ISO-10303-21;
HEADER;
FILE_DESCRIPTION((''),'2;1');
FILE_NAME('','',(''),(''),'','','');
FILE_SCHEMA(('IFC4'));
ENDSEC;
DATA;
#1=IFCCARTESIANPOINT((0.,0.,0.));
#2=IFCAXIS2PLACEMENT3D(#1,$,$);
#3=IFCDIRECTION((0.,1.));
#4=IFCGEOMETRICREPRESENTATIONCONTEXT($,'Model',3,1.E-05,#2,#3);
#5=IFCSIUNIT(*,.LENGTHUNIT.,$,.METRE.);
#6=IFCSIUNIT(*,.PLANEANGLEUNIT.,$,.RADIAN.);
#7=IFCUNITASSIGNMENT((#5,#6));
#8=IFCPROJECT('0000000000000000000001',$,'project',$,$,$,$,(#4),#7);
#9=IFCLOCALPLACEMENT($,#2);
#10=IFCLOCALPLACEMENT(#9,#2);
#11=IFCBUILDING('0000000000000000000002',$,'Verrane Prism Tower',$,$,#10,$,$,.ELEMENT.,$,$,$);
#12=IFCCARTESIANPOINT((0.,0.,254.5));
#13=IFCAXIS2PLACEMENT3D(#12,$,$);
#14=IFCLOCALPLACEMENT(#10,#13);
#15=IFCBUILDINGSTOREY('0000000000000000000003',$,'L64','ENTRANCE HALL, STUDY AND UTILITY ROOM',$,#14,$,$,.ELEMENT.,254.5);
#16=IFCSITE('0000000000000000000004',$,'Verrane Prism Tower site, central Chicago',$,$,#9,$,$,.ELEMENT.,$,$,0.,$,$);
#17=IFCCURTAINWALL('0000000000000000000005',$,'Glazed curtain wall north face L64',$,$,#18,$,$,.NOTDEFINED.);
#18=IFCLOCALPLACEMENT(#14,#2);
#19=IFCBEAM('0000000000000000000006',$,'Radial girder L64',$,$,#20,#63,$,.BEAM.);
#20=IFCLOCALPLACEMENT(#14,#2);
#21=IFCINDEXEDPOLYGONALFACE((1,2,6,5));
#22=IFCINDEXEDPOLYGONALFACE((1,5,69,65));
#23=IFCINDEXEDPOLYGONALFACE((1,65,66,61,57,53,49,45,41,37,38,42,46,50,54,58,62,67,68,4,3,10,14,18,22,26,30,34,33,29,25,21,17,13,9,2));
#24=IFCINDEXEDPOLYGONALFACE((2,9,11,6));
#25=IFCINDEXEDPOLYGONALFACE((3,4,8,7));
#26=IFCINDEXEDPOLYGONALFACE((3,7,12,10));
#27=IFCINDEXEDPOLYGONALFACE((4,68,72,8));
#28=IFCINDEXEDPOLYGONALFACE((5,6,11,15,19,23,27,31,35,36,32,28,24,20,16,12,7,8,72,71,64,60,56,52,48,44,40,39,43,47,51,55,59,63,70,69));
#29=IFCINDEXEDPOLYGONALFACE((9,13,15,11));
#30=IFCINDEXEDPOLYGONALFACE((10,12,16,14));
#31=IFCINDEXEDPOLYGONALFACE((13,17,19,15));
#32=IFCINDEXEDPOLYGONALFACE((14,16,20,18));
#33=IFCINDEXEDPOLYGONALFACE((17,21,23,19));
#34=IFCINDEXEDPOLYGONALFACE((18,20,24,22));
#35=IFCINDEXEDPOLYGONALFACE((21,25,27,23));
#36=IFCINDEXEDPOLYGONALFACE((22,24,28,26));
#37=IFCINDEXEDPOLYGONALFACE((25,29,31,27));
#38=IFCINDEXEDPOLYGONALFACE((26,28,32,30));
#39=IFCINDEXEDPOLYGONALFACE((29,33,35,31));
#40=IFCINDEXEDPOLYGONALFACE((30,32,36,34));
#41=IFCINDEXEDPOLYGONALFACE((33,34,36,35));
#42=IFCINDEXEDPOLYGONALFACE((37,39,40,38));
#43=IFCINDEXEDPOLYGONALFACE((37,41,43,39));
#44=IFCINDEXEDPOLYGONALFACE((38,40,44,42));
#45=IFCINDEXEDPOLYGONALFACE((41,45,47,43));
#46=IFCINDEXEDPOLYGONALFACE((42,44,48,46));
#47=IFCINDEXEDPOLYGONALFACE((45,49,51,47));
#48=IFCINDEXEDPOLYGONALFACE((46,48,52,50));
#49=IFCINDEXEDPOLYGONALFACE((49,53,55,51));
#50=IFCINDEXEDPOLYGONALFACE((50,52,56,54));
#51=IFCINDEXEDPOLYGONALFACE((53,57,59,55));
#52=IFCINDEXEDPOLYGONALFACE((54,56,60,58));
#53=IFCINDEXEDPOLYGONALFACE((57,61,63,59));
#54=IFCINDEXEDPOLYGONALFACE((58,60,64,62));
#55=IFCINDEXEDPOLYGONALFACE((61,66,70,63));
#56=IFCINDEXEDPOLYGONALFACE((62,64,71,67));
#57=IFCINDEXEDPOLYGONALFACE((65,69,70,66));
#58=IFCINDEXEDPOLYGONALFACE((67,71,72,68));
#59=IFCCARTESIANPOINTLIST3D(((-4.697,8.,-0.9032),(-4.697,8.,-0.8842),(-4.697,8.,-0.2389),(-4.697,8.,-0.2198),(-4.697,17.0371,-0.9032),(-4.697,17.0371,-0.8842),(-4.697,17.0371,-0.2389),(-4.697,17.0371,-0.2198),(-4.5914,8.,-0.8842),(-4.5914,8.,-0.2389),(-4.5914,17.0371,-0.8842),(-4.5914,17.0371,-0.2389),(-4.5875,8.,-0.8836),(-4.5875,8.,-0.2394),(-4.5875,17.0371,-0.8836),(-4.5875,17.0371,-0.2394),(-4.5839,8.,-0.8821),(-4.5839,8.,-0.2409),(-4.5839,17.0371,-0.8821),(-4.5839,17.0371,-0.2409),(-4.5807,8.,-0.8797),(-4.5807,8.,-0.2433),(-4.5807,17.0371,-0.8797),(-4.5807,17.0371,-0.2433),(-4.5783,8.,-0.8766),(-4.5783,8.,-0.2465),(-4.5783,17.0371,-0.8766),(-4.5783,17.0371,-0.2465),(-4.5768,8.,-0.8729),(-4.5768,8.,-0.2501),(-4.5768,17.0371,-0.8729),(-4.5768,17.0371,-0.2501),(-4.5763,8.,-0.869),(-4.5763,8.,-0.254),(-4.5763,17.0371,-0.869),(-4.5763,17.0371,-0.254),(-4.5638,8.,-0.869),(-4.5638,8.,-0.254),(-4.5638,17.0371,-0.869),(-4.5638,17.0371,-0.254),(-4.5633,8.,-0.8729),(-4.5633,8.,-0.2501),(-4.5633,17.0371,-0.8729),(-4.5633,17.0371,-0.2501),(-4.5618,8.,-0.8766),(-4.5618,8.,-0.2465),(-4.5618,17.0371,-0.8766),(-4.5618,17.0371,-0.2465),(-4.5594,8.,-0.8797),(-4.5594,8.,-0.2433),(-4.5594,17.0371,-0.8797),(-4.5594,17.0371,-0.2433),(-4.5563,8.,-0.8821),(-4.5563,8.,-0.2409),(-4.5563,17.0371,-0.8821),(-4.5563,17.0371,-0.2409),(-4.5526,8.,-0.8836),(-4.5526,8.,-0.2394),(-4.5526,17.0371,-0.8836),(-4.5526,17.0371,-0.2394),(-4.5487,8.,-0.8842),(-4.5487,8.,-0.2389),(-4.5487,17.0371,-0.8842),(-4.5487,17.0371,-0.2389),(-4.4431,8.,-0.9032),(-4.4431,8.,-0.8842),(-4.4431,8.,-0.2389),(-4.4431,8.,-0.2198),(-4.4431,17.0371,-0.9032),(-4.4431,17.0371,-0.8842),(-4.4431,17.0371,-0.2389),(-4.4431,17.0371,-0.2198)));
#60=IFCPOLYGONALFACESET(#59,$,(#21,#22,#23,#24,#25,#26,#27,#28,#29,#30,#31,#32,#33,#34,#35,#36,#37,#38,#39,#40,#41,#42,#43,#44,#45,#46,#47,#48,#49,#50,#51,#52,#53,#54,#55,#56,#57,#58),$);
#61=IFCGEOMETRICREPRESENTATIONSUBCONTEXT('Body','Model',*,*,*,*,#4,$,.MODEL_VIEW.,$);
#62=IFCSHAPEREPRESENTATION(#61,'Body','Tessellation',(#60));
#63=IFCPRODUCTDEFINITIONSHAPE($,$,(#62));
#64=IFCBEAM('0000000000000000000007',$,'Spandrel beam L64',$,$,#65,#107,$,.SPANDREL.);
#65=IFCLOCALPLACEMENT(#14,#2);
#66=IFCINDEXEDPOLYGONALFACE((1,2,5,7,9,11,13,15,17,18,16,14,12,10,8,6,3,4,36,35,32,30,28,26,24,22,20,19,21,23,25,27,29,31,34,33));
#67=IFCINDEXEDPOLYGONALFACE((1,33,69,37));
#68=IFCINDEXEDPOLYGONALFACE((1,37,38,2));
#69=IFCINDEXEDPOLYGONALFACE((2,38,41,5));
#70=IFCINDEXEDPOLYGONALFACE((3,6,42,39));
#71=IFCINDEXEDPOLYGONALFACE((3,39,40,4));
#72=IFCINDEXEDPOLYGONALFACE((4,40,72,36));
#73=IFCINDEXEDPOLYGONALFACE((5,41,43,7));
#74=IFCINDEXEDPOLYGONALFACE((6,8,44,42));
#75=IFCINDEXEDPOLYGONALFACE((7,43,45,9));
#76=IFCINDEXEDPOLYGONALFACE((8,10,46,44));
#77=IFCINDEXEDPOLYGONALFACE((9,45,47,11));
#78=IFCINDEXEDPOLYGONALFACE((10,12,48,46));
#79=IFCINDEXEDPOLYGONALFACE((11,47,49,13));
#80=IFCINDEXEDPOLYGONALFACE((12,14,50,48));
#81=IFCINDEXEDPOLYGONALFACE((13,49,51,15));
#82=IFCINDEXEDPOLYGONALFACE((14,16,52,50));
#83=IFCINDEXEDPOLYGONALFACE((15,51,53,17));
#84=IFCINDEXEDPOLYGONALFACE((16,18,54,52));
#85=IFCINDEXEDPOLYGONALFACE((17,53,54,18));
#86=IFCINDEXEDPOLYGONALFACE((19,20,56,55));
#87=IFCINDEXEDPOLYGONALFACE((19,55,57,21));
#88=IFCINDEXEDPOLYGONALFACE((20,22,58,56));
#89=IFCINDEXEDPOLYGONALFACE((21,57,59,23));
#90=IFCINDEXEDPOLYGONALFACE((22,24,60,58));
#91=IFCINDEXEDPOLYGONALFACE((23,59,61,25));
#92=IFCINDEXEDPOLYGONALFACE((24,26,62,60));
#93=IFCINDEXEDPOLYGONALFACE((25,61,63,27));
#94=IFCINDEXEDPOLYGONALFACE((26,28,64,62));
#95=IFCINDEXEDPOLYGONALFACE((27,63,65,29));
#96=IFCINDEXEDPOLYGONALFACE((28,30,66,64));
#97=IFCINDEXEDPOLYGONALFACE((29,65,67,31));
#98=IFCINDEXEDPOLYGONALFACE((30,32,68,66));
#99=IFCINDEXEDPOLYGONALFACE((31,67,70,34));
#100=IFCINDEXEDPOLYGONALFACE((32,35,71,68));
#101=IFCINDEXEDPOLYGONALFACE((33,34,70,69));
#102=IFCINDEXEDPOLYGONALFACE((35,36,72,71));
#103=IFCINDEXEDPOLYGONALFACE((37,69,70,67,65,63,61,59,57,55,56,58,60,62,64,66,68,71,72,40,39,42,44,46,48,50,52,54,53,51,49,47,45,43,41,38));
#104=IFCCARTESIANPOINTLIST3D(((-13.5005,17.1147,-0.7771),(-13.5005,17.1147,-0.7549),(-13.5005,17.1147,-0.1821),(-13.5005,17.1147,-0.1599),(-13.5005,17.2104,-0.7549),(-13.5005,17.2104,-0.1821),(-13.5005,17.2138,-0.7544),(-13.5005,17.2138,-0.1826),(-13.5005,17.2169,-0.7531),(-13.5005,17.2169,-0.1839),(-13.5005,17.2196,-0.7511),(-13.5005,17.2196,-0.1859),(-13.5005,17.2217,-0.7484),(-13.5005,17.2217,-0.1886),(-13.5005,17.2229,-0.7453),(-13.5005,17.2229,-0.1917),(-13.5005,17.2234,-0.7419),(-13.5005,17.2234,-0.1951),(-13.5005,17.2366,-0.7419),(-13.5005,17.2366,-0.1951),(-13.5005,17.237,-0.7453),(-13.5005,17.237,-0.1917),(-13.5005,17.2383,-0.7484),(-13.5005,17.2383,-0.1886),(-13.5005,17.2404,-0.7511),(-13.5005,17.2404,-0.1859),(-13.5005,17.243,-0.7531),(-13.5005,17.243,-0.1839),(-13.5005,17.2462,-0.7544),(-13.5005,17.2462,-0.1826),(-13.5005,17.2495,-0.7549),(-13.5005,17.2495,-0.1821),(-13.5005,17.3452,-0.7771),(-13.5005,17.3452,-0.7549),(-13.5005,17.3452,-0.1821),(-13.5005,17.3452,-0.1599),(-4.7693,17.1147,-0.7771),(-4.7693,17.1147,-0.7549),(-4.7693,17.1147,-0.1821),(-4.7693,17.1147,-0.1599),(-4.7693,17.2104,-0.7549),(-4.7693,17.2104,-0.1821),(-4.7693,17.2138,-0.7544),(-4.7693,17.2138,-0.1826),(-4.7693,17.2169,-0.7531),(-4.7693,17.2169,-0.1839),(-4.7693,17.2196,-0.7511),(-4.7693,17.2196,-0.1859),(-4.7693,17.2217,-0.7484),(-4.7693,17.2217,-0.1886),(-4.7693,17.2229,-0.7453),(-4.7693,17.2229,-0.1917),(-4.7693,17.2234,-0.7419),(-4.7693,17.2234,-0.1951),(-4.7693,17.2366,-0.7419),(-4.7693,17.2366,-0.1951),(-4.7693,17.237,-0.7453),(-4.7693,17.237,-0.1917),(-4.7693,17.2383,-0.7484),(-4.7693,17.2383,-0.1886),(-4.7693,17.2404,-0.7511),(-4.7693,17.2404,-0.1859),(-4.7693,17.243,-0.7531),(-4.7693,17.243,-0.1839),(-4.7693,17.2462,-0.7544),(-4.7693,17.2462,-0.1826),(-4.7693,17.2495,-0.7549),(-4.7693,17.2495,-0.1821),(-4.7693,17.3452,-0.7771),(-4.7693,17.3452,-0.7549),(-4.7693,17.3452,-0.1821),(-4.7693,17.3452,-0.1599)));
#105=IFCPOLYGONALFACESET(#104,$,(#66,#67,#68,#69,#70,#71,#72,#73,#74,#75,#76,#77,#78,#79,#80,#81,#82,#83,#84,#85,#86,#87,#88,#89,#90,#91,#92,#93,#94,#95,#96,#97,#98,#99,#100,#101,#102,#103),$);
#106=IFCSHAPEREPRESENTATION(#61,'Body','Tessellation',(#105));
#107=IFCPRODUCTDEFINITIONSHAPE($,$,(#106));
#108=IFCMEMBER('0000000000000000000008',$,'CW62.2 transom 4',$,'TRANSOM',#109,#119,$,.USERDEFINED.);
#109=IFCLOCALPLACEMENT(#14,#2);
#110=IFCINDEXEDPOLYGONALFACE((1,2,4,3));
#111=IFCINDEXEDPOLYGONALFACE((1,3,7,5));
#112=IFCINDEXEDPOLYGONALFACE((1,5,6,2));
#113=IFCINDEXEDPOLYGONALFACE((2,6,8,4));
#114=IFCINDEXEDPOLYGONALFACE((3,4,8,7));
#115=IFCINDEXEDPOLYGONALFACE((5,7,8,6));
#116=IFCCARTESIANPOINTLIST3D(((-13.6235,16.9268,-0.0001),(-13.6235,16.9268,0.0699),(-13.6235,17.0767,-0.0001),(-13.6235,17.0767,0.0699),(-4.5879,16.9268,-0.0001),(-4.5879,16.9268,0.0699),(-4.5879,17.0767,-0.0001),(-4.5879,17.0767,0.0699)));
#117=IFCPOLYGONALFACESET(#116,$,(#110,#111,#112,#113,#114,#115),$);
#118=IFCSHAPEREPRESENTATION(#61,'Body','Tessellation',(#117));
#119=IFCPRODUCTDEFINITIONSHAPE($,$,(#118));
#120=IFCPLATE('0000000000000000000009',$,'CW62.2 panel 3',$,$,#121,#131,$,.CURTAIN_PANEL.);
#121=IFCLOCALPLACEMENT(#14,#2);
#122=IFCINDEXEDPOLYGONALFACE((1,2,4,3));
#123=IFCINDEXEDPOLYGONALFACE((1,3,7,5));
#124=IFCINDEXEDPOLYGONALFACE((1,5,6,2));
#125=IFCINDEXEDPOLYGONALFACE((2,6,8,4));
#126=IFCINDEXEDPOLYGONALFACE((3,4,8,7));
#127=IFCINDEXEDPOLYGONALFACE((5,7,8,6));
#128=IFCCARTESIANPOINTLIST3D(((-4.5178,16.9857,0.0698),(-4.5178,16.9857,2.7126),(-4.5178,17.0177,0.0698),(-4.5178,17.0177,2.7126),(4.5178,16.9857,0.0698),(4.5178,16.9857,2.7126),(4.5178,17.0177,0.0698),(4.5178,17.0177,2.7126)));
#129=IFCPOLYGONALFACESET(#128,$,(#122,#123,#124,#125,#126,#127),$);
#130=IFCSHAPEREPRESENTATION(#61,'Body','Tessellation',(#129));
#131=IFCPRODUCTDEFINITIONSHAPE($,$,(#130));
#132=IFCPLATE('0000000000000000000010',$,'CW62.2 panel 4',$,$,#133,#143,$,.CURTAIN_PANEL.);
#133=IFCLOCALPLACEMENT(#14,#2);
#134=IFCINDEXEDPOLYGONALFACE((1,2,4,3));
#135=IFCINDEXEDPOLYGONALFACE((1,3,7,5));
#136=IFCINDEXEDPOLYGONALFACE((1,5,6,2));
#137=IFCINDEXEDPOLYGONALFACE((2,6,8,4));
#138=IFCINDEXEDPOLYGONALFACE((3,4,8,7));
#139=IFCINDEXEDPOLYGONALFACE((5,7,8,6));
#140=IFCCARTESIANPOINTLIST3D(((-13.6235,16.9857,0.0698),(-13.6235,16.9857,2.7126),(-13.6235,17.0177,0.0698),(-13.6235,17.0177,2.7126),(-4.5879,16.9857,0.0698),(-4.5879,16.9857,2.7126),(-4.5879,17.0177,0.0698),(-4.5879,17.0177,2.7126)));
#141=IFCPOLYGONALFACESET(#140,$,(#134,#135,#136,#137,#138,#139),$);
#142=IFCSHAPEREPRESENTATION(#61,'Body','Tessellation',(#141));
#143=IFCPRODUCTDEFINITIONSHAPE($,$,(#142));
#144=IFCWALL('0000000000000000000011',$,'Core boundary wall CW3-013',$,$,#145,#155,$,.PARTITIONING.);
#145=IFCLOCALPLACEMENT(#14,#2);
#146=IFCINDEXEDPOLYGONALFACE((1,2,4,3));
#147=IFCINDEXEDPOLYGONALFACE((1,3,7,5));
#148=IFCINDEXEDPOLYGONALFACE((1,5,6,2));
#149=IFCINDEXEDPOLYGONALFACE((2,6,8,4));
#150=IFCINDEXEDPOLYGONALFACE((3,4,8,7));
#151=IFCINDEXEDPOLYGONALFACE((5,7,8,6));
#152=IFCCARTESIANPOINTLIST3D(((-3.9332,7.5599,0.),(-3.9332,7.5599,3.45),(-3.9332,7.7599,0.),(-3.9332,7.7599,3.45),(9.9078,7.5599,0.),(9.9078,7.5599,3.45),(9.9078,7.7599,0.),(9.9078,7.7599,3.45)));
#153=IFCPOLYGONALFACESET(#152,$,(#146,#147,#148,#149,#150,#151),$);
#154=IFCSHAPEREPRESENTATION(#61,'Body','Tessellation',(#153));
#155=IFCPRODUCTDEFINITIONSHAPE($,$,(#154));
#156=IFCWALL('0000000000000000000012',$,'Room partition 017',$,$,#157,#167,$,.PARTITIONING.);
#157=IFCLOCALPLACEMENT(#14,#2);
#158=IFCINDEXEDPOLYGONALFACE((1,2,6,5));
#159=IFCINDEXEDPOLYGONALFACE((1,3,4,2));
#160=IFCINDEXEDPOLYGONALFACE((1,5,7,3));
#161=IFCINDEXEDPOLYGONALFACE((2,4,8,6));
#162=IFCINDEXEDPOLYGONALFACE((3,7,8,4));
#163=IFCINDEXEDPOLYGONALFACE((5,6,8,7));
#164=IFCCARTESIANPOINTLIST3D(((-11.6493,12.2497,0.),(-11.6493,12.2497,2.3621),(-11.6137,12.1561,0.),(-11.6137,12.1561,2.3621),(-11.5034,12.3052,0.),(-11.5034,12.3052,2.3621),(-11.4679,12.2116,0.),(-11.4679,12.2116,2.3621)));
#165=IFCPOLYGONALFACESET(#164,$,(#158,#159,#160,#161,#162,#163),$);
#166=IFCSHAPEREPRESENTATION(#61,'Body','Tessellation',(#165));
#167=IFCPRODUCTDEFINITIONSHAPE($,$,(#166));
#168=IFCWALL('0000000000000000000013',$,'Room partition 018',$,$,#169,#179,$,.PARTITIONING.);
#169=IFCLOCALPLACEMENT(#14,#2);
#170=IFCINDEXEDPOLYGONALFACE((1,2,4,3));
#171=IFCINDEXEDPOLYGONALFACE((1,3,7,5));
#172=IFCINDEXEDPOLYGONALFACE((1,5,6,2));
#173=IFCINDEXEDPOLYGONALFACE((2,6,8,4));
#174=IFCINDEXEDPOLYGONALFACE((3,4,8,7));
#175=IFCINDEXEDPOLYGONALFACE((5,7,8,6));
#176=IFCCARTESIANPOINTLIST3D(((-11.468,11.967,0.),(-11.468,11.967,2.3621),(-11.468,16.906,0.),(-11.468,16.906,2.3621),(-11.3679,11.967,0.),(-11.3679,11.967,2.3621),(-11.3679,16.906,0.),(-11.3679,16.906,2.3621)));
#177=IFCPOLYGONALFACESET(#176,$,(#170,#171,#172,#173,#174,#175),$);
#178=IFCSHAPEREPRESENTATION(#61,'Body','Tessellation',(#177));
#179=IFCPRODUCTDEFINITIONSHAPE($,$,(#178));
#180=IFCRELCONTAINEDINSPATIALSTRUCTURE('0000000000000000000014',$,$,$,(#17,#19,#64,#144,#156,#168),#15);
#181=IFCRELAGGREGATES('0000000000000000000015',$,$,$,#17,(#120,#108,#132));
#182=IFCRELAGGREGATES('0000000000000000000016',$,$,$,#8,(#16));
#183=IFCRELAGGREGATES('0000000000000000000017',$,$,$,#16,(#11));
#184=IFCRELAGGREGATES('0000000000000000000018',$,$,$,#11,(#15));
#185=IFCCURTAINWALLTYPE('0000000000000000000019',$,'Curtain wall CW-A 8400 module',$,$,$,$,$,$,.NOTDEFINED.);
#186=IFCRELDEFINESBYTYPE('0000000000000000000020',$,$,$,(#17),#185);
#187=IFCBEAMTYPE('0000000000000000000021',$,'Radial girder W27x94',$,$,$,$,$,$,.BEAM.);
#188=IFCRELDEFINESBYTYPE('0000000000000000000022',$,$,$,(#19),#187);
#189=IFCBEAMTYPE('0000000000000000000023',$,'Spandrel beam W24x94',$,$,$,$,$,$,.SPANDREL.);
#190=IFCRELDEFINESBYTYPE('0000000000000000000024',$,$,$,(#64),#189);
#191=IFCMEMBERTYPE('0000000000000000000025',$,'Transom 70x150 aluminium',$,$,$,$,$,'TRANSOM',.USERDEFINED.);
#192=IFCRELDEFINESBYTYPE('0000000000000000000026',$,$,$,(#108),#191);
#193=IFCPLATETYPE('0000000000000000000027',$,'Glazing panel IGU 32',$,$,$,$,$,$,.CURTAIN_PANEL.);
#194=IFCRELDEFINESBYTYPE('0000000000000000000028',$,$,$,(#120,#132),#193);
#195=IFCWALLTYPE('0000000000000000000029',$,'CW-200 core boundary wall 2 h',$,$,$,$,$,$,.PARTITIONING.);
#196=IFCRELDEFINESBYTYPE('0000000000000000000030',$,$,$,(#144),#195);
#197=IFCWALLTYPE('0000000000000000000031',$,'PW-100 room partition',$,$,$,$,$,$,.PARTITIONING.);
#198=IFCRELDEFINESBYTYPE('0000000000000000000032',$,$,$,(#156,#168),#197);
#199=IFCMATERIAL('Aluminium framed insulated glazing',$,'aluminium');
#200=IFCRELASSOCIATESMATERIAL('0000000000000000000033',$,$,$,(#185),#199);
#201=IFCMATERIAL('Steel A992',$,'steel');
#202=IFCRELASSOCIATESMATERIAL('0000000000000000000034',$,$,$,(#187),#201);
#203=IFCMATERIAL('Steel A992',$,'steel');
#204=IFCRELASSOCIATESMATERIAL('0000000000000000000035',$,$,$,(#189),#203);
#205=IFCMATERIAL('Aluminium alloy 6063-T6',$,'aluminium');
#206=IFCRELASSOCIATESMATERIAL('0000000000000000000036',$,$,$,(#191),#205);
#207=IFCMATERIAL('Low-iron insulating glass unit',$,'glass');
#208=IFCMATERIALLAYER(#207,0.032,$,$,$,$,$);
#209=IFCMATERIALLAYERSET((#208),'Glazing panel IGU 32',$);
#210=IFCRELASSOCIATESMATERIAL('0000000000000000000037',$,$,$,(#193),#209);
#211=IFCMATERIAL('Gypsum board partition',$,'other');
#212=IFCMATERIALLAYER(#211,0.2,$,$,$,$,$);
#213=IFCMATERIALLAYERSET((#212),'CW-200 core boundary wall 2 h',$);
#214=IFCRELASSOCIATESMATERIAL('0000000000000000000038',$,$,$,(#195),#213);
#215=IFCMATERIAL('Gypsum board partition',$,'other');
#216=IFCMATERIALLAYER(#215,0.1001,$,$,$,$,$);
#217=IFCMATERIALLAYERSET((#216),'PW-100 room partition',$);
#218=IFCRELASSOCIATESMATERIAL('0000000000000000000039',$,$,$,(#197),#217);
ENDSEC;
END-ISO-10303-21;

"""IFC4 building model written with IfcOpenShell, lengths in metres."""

from ifc_helpers import new_model, si_unit, direction, frame, frame_2d, origin, origin_2d, place, context, subcontext, project, spatial, rectangle, i_section, extrude, material, layer, layer_set, material_profile, profile_set, type_object, element, aggregate, save


model = new_model("IFC4")

# Units and contexts
model_context = context("Model", 3, precision=1e-05, world=origin(), true_north=direction((0.0, 1.0)))
body_context = subcontext(model_context, "Body", "Model", "MODEL_VIEW")
ifc_project = project(units=[si_unit("LENGTHUNIT", "METRE"), si_unit("PLANEANGLEUNIT", "RADIAN")], contexts=[model_context])

# Site, building, storey
site_placement = place(None, origin())
site = spatial("IfcSite", under=ifc_project, at=site_placement, Name="Verrane Prism Tower site, central Chicago", CompositionType="ELEMENT", RefElevation=0.0)
building_placement = place(site_placement, origin())
building = spatial("IfcBuilding", under=site, at=building_placement, Name="Verrane Prism Tower", CompositionType="ELEMENT")
storey_placement = place(building_placement, frame((0.0, 0.0, 254.5)))
storey = spatial("IfcBuildingStorey", under=building, at=storey_placement, Name="L64", Description="ENTRANCE HALL, STUDY AND UTILITY ROOM", CompositionType="ELEMENT", Elevation=254.5)

# Curtain wall
ifc_material_1 = material(Name="Aluminium framed insulated glazing", Category="aluminium")
curtain_wall_type = type_object("IfcCurtainWallType", Name="Curtain wall CW-A 8400 module", PredefinedType="NOTDEFINED", material=ifc_material_1)
curtain_wall_placement = place(storey_placement, origin())
curtain_wall = element("IfcCurtainWall", 1, at=curtain_wall_placement, inside=storey, type_object=curtain_wall_type, Name="Glazed curtain wall north face L64", PredefinedType="NOTDEFINED")

# Beams
ifc_material_2 = material(Name="Steel A992", Category="steel")
ifc_material_profile_1 = material_profile(ifc_material_2, i_section(OverallWidth=0.2539, OverallDepth=0.6833, WebThickness=0.0125, FlangeThickness=0.019, FilletRadius=0.0151, at=origin_2d()), Name="W27x94")
ifc_profile_set_1 = profile_set([ifc_material_profile_1], Name="Steel A992")
beam_type_1 = type_object("IfcBeamType", Name="Radial girder W27x94", PredefinedType="BEAM", material=ifc_profile_set_1)
beam_1_placement = place(storey_placement, frame((-4.5701, 17.0371, -0.5615), z_axis=(0.0, -1.0, 0.0), x_axis=(1.0, 0.0, 0.0)))
element("IfcBeam", 2, at=beam_1_placement, inside=storey, type_object=beam_type_1, Name="Radial girder L64", PredefinedType="BEAM", context=body_context, shape_type="SweptSolid", body=[
    extrude(i_section(OverallWidth=0.2539, OverallDepth=0.6833, WebThickness=0.0125, FlangeThickness=0.019, FilletRadius=0.0151, at=origin_2d()), origin(), (0.0, 0.0, 1.0), 9.0371),
])
ifc_material_3 = material(Name="Steel A992", Category="steel")
ifc_material_profile_2 = material_profile(ifc_material_3, i_section(OverallWidth=0.2305, OverallDepth=0.6172, WebThickness=0.0132, FlangeThickness=0.0222, FilletRadius=0.0129, at=origin_2d()), Name="W24x94")
ifc_profile_set_2 = profile_set([ifc_material_profile_2], Name="Steel A992")
beam_type_2 = type_object("IfcBeamType", Name="Spandrel beam W24x94", PredefinedType="SPANDREL", material=ifc_profile_set_2)
beam_2_placement = place(storey_placement, frame((-4.7693, 17.23, -0.4685), z_axis=(-1.0, 0.0, 0.0), x_axis=(0.0, -1.0, 0.0)))
element("IfcBeam", 3, at=beam_2_placement, inside=storey, type_object=beam_type_2, Name="Spandrel beam L64", PredefinedType="SPANDREL", context=body_context, shape_type="SweptSolid", body=[
    extrude(i_section(OverallWidth=0.2305, OverallDepth=0.6172, WebThickness=0.0132, FlangeThickness=0.0222, FilletRadius=0.0129, at=origin_2d()), origin(), (0.0, 0.0, 1.0), 8.7312),
])

# Member
ifc_material_4 = material(Name="Aluminium alloy 6063-T6", Category="aluminium")
ifc_material_profile_3 = material_profile(ifc_material_4, rectangle(XDim=0.1499, YDim=0.0701, at=origin_2d()), Name="Transom 70x150 aluminium")
ifc_profile_set_3 = profile_set([ifc_material_profile_3], Name="Aluminium alloy 6063-T6")
member_type_1 = type_object("IfcMemberType", Name="Transom 70x150 aluminium", ElementType="TRANSOM", PredefinedType="USERDEFINED", material=ifc_profile_set_3)
member_1_placement = place(storey_placement, frame((-4.5879, 17.0017, 0.0349), z_axis=(-1.0, 0.0, 0.0), x_axis=(0.0, -1.0, 0.0)))
member_1 = element("IfcMember", 4, at=member_1_placement, type_object=member_type_1, Name="CW62.2 transom 4", ObjectType="TRANSOM", PredefinedType="USERDEFINED", context=body_context, shape_type="SweptSolid", body=[
    extrude(rectangle(XDim=0.1499, YDim=0.0701, at=origin_2d()), origin(), (0.0, 0.0, 1.0), 9.0356),
])

# Plates
ifc_material_5 = material(Name="Low-iron insulating glass unit", Category="glass")
ifc_layer_1 = layer(ifc_material_5, 0.032)
ifc_layer_set_1 = layer_set([ifc_layer_1], Name="Glazing panel IGU 32")
plate_type = type_object("IfcPlateType", Name="Glazing panel IGU 32", PredefinedType="CURTAIN_PANEL", material=ifc_layer_set_1)
plate_1_placement = place(storey_placement, frame((0.0, 17.0017, 0.0698), z_axis=(0.0, 0.0, 1.0), x_axis=(-1.0, 0.0, 0.0)))
plate_1 = element("IfcPlate", 5, at=plate_1_placement, type_object=plate_type, Name="CW62.2 panel 3", PredefinedType="CURTAIN_PANEL", context=body_context, shape_type="SweptSolid", body=[
    extrude(rectangle(XDim=9.0356, YDim=0.032, at=origin_2d()), origin(), (0.0, 0.0, 1.0), 2.6428),
])
plate_2_placement = place(storey_placement, frame((-9.1057, 17.0017, 0.0698), z_axis=(0.0, 0.0, 1.0), x_axis=(-1.0, 0.0, 0.0)))
plate_2 = element("IfcPlate", 6, at=plate_2_placement, type_object=plate_type, Name="CW62.2 panel 4", PredefinedType="CURTAIN_PANEL", context=body_context, shape_type="SweptSolid", body=[
    extrude(rectangle(XDim=9.0356, YDim=0.032, at=origin_2d()), origin(), (0.0, 0.0, 1.0), 2.6428),
])
aggregate(curtain_wall, [plate_1, member_1, plate_2])

# Walls
ifc_material_6 = material(Name="Gypsum board partition", Category="other")
ifc_layer_2 = layer(ifc_material_6, 0.2)
ifc_layer_set_2 = layer_set([ifc_layer_2], Name="CW-200 core boundary wall 2 h")
wall_type_1 = type_object("IfcWallType", Name="CW-200 core boundary wall 2 h", PredefinedType="PARTITIONING", material=ifc_layer_set_2)
wall_1_placement = place(storey_placement, frame((-3.9331, 7.6599, 0.0), z_axis=(0.0, 0.0, 1.0), x_axis=(1.0, 0.0, 0.0)))
element("IfcWall", 7, at=wall_1_placement, inside=storey, type_object=wall_type_1, Name="Core boundary wall CW3-013", PredefinedType="PARTITIONING", context=body_context, shape_type="SweptSolid", body=[
    extrude(rectangle(XDim=13.8411, YDim=0.2, at=frame_2d((6.9204, 0.0))), origin(), (0.0, 0.0, 1.0), 3.45),
])
ifc_material_7 = material(Name="Gypsum board partition", Category="other")
ifc_layer_3 = layer(ifc_material_7, 0.1001)
ifc_layer_set_3 = layer_set([ifc_layer_3], Name="PW-100 room partition")
wall_type_2 = type_object("IfcWallType", Name="PW-100 room partition", PredefinedType="PARTITIONING", material=ifc_layer_set_3)
wall_2_placement = place(storey_placement, frame((-11.6316, 12.2029, 0.0), z_axis=(0.0, 0.0, 1.0), x_axis=(0.934711, 0.355409, 0.0)))
element("IfcWall", 8, at=wall_2_placement, inside=storey, type_object=wall_type_2, Name="Room partition 017", PredefinedType="PARTITIONING", context=body_context, shape_type="SweptSolid", body=[
    extrude(rectangle(XDim=0.156, YDim=0.1001, at=frame_2d((0.0781, 0.0))), origin(), (0.0, 0.0, 1.0), 2.3621),
])
wall_3_placement = place(storey_placement, frame((-11.418, 11.967, 0.0), z_axis=(0.0, 0.0, 1.0), x_axis=(0.0, 1.0, 0.0)))
element("IfcWall", 9, at=wall_3_placement, inside=storey, type_object=wall_type_2, Name="Room partition 018", PredefinedType="PARTITIONING", context=body_context, shape_type="SweptSolid", body=[
    extrude(rectangle(XDim=4.939, YDim=0.1001, at=frame_2d((2.4695, 0.0))), origin(), (0.0, 0.0, 1.0), 2.3621),
])

save(model, "model.ifc")
